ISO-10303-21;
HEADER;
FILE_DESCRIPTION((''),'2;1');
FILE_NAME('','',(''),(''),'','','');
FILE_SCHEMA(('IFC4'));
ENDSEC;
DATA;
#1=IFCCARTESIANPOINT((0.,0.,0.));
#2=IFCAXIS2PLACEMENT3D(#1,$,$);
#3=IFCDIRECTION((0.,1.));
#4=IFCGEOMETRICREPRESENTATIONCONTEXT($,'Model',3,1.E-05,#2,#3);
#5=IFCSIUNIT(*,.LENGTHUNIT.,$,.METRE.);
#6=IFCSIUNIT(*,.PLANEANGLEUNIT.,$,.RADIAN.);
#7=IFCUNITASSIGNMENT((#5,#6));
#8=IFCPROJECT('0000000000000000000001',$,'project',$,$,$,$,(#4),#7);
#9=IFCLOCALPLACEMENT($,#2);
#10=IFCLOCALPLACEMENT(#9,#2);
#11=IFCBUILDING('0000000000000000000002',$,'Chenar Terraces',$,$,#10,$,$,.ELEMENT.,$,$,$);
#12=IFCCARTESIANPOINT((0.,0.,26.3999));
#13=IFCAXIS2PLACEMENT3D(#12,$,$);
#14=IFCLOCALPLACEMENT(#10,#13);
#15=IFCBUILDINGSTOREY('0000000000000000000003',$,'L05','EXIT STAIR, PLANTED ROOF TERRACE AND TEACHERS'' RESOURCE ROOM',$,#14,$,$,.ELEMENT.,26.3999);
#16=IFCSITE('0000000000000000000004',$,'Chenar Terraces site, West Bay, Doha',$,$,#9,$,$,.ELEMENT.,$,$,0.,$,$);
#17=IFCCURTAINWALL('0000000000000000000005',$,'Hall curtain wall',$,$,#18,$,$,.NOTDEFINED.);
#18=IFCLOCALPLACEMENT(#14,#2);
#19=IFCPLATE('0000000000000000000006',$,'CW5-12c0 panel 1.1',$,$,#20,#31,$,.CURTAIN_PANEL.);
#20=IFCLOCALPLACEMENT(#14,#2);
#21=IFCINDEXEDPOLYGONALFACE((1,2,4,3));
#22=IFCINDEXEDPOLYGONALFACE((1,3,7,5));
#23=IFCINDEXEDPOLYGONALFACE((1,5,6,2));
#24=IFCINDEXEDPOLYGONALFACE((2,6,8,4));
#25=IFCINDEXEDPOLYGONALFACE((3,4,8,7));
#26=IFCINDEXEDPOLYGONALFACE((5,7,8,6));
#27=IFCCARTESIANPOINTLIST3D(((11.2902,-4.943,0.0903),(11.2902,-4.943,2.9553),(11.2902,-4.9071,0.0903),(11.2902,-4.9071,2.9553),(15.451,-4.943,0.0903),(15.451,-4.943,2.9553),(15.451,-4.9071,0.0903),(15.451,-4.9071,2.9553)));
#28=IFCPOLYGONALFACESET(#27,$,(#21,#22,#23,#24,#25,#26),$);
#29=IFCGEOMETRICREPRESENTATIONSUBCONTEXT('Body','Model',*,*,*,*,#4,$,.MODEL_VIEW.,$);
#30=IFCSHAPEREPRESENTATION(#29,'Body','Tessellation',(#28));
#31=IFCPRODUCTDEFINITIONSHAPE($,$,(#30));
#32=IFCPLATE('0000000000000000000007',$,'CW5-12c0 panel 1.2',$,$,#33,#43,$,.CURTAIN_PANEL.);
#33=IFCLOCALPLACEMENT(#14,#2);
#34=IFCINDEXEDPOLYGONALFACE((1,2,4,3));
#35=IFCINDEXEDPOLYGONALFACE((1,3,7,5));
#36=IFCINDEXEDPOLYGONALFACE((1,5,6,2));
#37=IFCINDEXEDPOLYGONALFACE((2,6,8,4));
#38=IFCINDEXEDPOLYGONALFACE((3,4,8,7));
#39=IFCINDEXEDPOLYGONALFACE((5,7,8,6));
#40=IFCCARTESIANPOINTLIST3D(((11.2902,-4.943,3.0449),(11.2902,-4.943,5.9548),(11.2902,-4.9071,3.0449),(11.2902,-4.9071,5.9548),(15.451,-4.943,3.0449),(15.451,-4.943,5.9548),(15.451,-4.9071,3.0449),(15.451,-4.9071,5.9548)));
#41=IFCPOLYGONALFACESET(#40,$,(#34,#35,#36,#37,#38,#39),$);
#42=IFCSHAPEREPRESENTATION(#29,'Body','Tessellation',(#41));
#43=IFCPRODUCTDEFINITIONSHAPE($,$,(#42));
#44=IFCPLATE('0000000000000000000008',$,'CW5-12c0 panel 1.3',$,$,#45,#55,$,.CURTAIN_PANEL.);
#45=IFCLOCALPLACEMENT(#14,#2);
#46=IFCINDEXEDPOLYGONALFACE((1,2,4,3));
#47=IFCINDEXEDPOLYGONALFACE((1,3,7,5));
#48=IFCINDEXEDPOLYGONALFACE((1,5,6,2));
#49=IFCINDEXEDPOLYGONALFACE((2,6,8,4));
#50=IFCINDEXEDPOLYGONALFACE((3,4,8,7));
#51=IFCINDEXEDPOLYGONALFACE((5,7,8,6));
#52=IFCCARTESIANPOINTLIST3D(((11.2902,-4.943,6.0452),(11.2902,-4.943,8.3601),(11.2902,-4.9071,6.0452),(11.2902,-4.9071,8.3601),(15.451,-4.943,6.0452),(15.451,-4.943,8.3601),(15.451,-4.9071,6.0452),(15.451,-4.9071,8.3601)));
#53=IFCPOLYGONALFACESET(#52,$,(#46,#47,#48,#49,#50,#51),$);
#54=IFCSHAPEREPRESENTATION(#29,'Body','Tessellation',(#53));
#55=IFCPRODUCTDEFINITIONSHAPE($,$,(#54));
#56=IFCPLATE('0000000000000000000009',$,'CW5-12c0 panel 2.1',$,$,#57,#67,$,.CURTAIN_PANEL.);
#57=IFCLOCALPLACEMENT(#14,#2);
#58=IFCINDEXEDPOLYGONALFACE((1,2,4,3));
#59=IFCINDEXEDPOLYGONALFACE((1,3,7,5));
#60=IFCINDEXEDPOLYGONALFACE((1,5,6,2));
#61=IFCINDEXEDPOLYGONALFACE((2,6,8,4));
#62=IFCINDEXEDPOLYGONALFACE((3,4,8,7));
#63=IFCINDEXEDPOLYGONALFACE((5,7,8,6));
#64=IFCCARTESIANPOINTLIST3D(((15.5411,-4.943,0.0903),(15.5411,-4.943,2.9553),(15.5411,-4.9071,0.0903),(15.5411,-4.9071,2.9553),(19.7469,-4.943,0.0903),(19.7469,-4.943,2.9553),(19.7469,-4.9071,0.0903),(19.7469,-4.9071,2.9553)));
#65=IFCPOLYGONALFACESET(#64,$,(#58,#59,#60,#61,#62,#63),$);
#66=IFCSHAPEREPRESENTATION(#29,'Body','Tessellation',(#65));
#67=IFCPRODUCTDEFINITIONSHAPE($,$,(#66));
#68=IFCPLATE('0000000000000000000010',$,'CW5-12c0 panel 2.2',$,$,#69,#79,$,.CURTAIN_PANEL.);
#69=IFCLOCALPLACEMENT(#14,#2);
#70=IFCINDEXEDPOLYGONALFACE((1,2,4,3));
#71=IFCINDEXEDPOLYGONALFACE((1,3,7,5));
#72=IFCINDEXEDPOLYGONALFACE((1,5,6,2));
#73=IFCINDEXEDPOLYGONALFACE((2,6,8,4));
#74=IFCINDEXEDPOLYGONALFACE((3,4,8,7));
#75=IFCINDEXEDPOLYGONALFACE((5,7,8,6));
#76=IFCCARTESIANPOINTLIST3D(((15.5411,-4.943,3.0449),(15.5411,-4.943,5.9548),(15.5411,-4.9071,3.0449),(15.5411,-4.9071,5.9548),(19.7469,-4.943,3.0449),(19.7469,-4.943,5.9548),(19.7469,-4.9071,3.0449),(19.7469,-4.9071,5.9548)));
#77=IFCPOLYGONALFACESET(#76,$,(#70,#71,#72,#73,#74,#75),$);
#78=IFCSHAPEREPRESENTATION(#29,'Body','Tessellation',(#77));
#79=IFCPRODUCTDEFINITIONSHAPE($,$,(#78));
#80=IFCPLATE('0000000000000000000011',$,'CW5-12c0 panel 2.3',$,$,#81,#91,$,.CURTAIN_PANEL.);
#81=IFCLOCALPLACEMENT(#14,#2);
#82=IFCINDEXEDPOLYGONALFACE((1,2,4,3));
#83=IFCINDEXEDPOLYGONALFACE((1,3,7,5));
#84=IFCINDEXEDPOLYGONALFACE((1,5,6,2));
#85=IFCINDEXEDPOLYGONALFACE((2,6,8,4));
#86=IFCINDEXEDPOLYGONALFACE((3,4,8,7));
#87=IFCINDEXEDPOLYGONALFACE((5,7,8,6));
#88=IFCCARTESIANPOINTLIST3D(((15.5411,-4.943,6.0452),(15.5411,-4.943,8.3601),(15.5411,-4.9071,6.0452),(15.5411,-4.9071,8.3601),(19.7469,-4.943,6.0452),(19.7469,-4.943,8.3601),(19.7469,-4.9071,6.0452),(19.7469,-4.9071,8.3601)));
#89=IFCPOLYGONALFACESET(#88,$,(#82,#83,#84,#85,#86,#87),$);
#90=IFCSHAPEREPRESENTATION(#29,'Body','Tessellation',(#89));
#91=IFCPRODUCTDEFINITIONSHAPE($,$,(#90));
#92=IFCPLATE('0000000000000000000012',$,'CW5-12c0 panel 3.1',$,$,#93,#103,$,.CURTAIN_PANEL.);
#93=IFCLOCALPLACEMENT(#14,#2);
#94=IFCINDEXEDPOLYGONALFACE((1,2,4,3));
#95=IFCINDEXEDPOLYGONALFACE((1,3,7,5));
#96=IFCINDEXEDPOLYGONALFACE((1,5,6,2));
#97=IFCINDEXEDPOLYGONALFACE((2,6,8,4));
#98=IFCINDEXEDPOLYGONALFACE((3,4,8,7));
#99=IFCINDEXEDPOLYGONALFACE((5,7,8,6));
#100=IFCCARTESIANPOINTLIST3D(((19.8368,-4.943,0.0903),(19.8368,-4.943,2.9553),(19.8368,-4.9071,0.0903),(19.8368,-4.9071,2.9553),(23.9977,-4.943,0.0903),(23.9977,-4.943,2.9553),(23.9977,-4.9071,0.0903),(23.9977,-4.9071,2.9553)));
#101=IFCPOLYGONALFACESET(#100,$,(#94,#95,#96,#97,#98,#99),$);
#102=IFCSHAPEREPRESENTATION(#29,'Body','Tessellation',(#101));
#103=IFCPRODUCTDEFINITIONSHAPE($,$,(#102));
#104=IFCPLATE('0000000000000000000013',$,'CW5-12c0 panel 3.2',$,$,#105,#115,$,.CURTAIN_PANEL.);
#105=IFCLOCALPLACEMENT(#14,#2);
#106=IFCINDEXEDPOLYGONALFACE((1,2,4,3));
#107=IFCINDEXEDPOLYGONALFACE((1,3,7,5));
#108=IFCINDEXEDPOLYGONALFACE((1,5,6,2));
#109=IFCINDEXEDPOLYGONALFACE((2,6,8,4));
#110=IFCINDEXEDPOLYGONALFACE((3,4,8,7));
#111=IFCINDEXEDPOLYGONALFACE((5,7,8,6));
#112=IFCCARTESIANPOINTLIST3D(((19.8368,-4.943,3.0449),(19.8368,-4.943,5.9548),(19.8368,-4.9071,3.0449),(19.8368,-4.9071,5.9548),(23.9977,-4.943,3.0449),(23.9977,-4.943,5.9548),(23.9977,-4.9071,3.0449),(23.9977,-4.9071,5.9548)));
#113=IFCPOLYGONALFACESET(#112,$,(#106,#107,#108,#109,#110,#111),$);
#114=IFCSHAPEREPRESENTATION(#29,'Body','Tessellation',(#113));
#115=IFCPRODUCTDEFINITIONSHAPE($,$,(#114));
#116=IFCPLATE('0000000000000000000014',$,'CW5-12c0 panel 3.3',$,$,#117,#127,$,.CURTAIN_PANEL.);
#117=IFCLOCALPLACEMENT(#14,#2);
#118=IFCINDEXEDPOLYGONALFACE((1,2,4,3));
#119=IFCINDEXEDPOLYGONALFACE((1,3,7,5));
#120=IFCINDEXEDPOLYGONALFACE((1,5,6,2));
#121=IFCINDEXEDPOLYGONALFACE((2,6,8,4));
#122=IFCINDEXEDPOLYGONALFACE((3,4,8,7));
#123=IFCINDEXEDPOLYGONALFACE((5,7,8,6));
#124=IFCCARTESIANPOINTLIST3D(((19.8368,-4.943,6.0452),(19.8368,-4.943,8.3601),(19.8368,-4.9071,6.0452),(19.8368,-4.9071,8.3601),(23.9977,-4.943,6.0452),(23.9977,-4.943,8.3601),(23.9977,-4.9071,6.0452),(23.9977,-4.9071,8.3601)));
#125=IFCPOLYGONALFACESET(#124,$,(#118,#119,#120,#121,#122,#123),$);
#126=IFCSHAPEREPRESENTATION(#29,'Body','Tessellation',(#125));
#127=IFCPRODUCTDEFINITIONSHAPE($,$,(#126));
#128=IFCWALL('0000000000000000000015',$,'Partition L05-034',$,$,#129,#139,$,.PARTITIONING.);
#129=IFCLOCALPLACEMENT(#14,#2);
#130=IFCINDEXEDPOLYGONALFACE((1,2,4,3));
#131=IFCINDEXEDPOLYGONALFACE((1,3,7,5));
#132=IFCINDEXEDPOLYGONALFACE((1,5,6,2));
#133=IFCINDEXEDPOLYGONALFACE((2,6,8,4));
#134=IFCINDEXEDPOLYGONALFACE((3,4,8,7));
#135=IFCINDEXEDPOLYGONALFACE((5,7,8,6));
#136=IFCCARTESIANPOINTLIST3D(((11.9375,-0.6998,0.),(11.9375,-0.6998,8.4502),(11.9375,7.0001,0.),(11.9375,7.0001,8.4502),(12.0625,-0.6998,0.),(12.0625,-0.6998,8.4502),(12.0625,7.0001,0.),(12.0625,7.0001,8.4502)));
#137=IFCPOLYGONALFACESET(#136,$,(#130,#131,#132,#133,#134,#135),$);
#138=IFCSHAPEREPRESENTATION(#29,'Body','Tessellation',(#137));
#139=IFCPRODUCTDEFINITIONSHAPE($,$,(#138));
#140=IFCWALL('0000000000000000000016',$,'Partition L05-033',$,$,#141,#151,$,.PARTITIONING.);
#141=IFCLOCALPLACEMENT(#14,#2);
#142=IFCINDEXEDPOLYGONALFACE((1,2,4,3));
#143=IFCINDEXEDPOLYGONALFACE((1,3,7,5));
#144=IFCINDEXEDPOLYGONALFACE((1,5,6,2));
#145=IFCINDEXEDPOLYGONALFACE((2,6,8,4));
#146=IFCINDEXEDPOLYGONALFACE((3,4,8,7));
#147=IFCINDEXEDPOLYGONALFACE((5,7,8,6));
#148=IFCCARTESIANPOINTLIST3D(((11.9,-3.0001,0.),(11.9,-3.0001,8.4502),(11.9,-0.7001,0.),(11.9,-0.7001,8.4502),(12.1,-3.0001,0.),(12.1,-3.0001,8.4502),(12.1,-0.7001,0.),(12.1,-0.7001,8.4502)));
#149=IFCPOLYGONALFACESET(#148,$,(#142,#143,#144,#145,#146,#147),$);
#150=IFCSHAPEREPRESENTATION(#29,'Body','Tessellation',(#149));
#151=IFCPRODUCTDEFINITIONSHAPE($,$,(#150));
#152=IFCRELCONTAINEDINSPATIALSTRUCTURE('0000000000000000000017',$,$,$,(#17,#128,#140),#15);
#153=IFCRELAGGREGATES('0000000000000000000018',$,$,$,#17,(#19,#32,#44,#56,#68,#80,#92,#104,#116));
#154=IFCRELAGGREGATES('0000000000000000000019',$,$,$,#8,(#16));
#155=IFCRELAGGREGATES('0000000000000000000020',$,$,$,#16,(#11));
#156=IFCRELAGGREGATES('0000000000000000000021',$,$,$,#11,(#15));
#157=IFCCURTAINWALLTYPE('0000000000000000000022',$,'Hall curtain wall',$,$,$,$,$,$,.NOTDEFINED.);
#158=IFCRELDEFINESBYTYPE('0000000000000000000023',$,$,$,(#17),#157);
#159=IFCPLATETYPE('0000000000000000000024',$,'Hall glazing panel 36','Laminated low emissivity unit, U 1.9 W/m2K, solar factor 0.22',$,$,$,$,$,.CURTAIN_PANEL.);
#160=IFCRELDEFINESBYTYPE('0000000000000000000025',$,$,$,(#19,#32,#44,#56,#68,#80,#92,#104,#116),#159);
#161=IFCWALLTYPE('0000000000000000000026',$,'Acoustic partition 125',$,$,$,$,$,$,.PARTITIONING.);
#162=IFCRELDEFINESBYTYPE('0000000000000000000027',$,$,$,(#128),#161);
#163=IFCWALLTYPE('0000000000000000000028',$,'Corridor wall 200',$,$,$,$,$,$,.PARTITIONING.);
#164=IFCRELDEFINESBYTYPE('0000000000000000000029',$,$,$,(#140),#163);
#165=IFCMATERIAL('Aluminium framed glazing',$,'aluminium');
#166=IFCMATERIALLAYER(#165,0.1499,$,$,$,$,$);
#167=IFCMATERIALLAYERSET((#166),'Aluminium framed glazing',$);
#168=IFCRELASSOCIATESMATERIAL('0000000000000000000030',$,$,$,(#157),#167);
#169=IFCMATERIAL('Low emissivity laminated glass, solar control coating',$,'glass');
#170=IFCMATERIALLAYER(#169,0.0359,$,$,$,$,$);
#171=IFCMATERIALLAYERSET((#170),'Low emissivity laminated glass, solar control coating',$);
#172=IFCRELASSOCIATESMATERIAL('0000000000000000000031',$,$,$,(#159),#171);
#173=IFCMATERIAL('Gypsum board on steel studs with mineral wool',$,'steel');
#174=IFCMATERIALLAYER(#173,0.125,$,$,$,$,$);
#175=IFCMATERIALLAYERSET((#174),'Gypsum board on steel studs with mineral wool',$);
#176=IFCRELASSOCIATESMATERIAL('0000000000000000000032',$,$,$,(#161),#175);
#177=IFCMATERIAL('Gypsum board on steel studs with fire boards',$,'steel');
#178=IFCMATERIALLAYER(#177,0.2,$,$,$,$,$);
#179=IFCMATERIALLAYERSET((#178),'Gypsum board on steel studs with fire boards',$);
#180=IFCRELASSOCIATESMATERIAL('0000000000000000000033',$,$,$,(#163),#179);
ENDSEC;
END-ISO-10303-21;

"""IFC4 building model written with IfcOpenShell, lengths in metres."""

from ifc_helpers import new_model, si_unit, direction, frame, frame_2d, origin, origin_2d, place, context, subcontext, project, spatial, rectangle, extrude, material, layer, layer_set, type_object, element, aggregate, save


model = new_model("IFC4")

# Units and contexts
model_context = context("Model", 3, precision=1e-05, world=origin(), true_north=direction((0.0, 1.0)))
body_context = subcontext(model_context, "Body", "Model", "MODEL_VIEW")
ifc_project = project(units=[si_unit("LENGTHUNIT", "METRE"), si_unit("PLANEANGLEUNIT", "RADIAN")], contexts=[model_context])

# Site, building, storey
site_placement = place(None, origin())
site = spatial("IfcSite", under=ifc_project, at=site_placement, Name="Chenar Terraces site, West Bay, Doha", CompositionType="ELEMENT", RefElevation=0.0)
building_placement = place(site_placement, origin())
building = spatial("IfcBuilding", under=site, at=building_placement, Name="Chenar Terraces", CompositionType="ELEMENT")
storey_placement = place(building_placement, frame((0.0, 0.0, 26.3999)))
storey = spatial("IfcBuildingStorey", under=building, at=storey_placement, Name="L05", Description="EXIT STAIR, PLANTED ROOF TERRACE AND TEACHERS' RESOURCE ROOM", CompositionType="ELEMENT", Elevation=26.3999)

# Curtain wall, plates
ifc_material_1 = material(Name="Aluminium framed glazing", Category="aluminium")
ifc_layer_1 = layer(ifc_material_1, 0.1499)
ifc_layer_set_1 = layer_set([ifc_layer_1], Name="Aluminium framed glazing")
curtain_wall_type = type_object("IfcCurtainWallType", Name="Hall curtain wall", PredefinedType="NOTDEFINED", material=ifc_layer_set_1)
curtain_wall_placement = place(storey_placement, origin())
curtain_wall = element("IfcCurtainWall", 1, at=curtain_wall_placement, inside=storey, type_object=curtain_wall_type, Name="Hall curtain wall", PredefinedType="NOTDEFINED")
ifc_material_2 = material(Name="Low emissivity laminated glass, solar control coating", Category="glass")
ifc_layer_2 = layer(ifc_material_2, 0.0359)
ifc_layer_set_2 = layer_set([ifc_layer_2], Name="Low emissivity laminated glass, solar control coating")
plate_type = type_object("IfcPlateType", Name="Hall glazing panel 36", Description="Laminated low emissivity unit, U 1.9 W/m2K, solar factor 0.22", PredefinedType="CURTAIN_PANEL", material=ifc_layer_set_2)
plate_1_placement = place(storey_placement, frame((13.3706, -4.925, 0.0903), z_axis=(0.0, 0.0, 1.0), x_axis=(1.0, 0.0, 0.0)))
plate_1 = element("IfcPlate", 2, at=plate_1_placement, type_object=plate_type, Name="CW5-12c0 panel 1.1", PredefinedType="CURTAIN_PANEL", context=body_context, shape_type="SweptSolid", body=[
    extrude(rectangle(XDim=4.1609, YDim=0.0359, at=origin_2d()), origin(), (0.0, 0.0, 1.0), 2.865),
])
plate_2_placement = place(storey_placement, frame((13.3706, -4.925, 3.0449), z_axis=(0.0, 0.0, 1.0), x_axis=(1.0, 0.0, 0.0)))
plate_2 = element("IfcPlate", 3, at=plate_2_placement, type_object=plate_type, Name="CW5-12c0 panel 1.2", PredefinedType="CURTAIN_PANEL", context=body_context, shape_type="SweptSolid", body=[
    extrude(rectangle(XDim=4.1609, YDim=0.0359, at=origin_2d()), origin(), (0.0, 0.0, 1.0), 2.9099),
])
plate_3_placement = place(storey_placement, frame((13.3706, -4.925, 6.0452), z_axis=(0.0, 0.0, 1.0), x_axis=(1.0, 0.0, 0.0)))
plate_3 = element("IfcPlate", 4, at=plate_3_placement, type_object=plate_type, Name="CW5-12c0 panel 1.3", PredefinedType="CURTAIN_PANEL", context=body_context, shape_type="SweptSolid", body=[
    extrude(rectangle(XDim=4.1609, YDim=0.0359, at=origin_2d()), origin(), (0.0, 0.0, 1.0), 2.3149),
])
plate_4_placement = place(storey_placement, frame((17.644, -4.925, 0.0903), z_axis=(0.0, 0.0, 1.0), x_axis=(1.0, 0.0, 0.0)))
plate_4 = element("IfcPlate", 5, at=plate_4_placement, type_object=plate_type, Name="CW5-12c0 panel 2.1", PredefinedType="CURTAIN_PANEL", context=body_context, shape_type="SweptSolid", body=[
    extrude(rectangle(XDim=4.2058, YDim=0.0359, at=origin_2d()), origin(), (0.0, 0.0, 1.0), 2.865),
])
plate_5_placement = place(storey_placement, frame((17.644, -4.925, 3.0449), z_axis=(0.0, 0.0, 1.0), x_axis=(1.0, 0.0, 0.0)))
plate_5 = element("IfcPlate", 6, at=plate_5_placement, type_object=plate_type, Name="CW5-12c0 panel 2.2", PredefinedType="CURTAIN_PANEL", context=body_context, shape_type="SweptSolid", body=[
    extrude(rectangle(XDim=4.2058, YDim=0.0359, at=origin_2d()), origin(), (0.0, 0.0, 1.0), 2.9099),
])
plate_6_placement = place(storey_placement, frame((17.644, -4.925, 6.0452), z_axis=(0.0, 0.0, 1.0), x_axis=(1.0, 0.0, 0.0)))
plate_6 = element("IfcPlate", 7, at=plate_6_placement, type_object=plate_type, Name="CW5-12c0 panel 2.3", PredefinedType="CURTAIN_PANEL", context=body_context, shape_type="SweptSolid", body=[
    extrude(rectangle(XDim=4.2058, YDim=0.0359, at=origin_2d()), origin(), (0.0, 0.0, 1.0), 2.3149),
])
plate_7_placement = place(storey_placement, frame((21.9172, -4.925, 0.0903), z_axis=(0.0, 0.0, 1.0), x_axis=(1.0, 0.0, 0.0)))
plate_7 = element("IfcPlate", 8, at=plate_7_placement, type_object=plate_type, Name="CW5-12c0 panel 3.1", PredefinedType="CURTAIN_PANEL", context=body_context, shape_type="SweptSolid", body=[
    extrude(rectangle(XDim=4.1609, YDim=0.0359, at=origin_2d()), origin(), (0.0, 0.0, 1.0), 2.865),
])
plate_8_placement = place(storey_placement, frame((21.9172, -4.925, 3.0449), z_axis=(0.0, 0.0, 1.0), x_axis=(1.0, 0.0, 0.0)))
plate_8 = element("IfcPlate", 9, at=plate_8_placement, type_object=plate_type, Name="CW5-12c0 panel 3.2", PredefinedType="CURTAIN_PANEL", context=body_context, shape_type="SweptSolid", body=[
    extrude(rectangle(XDim=4.1609, YDim=0.0359, at=origin_2d()), origin(), (0.0, 0.0, 1.0), 2.9099),
])
plate_9_placement = place(storey_placement, frame((21.9172, -4.925, 6.0452), z_axis=(0.0, 0.0, 1.0), x_axis=(1.0, 0.0, 0.0)))
plate_9 = element("IfcPlate", 10, at=plate_9_placement, type_object=plate_type, Name="CW5-12c0 panel 3.3", PredefinedType="CURTAIN_PANEL", context=body_context, shape_type="SweptSolid", body=[
    extrude(rectangle(XDim=4.1609, YDim=0.0359, at=origin_2d()), origin(), (0.0, 0.0, 1.0), 2.3149),
])
aggregate(curtain_wall, [plate_1, plate_2, plate_3, plate_4, plate_5, plate_6, plate_7, plate_8, plate_9])

# Walls
ifc_material_3 = material(Name="Gypsum board on steel studs with mineral wool", Category="steel")
ifc_layer_3 = layer(ifc_material_3, 0.125)
ifc_layer_set_3 = layer_set([ifc_layer_3], Name="Gypsum board on steel studs with mineral wool")
wall_type_1 = type_object("IfcWallType", Name="Acoustic partition 125", PredefinedType="PARTITIONING", material=ifc_layer_set_3)
wall_1_placement = place(storey_placement, frame((12.0, -0.7, 0.0), z_axis=(0.0, 0.0, 1.0), x_axis=(0.0, 1.0, 0.0)))
element("IfcWall", 11, at=wall_1_placement, inside=storey, type_object=wall_type_1, Name="Partition L05-034", PredefinedType="PARTITIONING", context=body_context, shape_type="SweptSolid", body=[
    extrude(rectangle(XDim=7.7, YDim=0.125, at=frame_2d((3.8501, 0.0))), origin(), (0.0, 0.0, 1.0), 8.4502),
])
ifc_material_4 = material(Name="Gypsum board on steel studs with fire boards", Category="steel")
ifc_layer_4 = layer(ifc_material_4, 0.2)
ifc_layer_set_4 = layer_set([ifc_layer_4], Name="Gypsum board on steel studs with fire boards")
wall_type_2 = type_object("IfcWallType", Name="Corridor wall 200", PredefinedType="PARTITIONING", material=ifc_layer_set_4)
wall_2_placement = place(storey_placement, frame((12.0, -3.0, 0.0), z_axis=(0.0, 0.0, 1.0), x_axis=(0.0, 1.0, 0.0)))
element("IfcWall", 12, at=wall_2_placement, inside=storey, type_object=wall_type_2, Name="Partition L05-033", PredefinedType="PARTITIONING", context=body_context, shape_type="SweptSolid", body=[
    extrude(rectangle(XDim=2.3, YDim=0.2, at=frame_2d((1.1499, 0.0))), origin(), (0.0, 0.0, 1.0), 8.4502),
])

save(model, "model.ifc")
